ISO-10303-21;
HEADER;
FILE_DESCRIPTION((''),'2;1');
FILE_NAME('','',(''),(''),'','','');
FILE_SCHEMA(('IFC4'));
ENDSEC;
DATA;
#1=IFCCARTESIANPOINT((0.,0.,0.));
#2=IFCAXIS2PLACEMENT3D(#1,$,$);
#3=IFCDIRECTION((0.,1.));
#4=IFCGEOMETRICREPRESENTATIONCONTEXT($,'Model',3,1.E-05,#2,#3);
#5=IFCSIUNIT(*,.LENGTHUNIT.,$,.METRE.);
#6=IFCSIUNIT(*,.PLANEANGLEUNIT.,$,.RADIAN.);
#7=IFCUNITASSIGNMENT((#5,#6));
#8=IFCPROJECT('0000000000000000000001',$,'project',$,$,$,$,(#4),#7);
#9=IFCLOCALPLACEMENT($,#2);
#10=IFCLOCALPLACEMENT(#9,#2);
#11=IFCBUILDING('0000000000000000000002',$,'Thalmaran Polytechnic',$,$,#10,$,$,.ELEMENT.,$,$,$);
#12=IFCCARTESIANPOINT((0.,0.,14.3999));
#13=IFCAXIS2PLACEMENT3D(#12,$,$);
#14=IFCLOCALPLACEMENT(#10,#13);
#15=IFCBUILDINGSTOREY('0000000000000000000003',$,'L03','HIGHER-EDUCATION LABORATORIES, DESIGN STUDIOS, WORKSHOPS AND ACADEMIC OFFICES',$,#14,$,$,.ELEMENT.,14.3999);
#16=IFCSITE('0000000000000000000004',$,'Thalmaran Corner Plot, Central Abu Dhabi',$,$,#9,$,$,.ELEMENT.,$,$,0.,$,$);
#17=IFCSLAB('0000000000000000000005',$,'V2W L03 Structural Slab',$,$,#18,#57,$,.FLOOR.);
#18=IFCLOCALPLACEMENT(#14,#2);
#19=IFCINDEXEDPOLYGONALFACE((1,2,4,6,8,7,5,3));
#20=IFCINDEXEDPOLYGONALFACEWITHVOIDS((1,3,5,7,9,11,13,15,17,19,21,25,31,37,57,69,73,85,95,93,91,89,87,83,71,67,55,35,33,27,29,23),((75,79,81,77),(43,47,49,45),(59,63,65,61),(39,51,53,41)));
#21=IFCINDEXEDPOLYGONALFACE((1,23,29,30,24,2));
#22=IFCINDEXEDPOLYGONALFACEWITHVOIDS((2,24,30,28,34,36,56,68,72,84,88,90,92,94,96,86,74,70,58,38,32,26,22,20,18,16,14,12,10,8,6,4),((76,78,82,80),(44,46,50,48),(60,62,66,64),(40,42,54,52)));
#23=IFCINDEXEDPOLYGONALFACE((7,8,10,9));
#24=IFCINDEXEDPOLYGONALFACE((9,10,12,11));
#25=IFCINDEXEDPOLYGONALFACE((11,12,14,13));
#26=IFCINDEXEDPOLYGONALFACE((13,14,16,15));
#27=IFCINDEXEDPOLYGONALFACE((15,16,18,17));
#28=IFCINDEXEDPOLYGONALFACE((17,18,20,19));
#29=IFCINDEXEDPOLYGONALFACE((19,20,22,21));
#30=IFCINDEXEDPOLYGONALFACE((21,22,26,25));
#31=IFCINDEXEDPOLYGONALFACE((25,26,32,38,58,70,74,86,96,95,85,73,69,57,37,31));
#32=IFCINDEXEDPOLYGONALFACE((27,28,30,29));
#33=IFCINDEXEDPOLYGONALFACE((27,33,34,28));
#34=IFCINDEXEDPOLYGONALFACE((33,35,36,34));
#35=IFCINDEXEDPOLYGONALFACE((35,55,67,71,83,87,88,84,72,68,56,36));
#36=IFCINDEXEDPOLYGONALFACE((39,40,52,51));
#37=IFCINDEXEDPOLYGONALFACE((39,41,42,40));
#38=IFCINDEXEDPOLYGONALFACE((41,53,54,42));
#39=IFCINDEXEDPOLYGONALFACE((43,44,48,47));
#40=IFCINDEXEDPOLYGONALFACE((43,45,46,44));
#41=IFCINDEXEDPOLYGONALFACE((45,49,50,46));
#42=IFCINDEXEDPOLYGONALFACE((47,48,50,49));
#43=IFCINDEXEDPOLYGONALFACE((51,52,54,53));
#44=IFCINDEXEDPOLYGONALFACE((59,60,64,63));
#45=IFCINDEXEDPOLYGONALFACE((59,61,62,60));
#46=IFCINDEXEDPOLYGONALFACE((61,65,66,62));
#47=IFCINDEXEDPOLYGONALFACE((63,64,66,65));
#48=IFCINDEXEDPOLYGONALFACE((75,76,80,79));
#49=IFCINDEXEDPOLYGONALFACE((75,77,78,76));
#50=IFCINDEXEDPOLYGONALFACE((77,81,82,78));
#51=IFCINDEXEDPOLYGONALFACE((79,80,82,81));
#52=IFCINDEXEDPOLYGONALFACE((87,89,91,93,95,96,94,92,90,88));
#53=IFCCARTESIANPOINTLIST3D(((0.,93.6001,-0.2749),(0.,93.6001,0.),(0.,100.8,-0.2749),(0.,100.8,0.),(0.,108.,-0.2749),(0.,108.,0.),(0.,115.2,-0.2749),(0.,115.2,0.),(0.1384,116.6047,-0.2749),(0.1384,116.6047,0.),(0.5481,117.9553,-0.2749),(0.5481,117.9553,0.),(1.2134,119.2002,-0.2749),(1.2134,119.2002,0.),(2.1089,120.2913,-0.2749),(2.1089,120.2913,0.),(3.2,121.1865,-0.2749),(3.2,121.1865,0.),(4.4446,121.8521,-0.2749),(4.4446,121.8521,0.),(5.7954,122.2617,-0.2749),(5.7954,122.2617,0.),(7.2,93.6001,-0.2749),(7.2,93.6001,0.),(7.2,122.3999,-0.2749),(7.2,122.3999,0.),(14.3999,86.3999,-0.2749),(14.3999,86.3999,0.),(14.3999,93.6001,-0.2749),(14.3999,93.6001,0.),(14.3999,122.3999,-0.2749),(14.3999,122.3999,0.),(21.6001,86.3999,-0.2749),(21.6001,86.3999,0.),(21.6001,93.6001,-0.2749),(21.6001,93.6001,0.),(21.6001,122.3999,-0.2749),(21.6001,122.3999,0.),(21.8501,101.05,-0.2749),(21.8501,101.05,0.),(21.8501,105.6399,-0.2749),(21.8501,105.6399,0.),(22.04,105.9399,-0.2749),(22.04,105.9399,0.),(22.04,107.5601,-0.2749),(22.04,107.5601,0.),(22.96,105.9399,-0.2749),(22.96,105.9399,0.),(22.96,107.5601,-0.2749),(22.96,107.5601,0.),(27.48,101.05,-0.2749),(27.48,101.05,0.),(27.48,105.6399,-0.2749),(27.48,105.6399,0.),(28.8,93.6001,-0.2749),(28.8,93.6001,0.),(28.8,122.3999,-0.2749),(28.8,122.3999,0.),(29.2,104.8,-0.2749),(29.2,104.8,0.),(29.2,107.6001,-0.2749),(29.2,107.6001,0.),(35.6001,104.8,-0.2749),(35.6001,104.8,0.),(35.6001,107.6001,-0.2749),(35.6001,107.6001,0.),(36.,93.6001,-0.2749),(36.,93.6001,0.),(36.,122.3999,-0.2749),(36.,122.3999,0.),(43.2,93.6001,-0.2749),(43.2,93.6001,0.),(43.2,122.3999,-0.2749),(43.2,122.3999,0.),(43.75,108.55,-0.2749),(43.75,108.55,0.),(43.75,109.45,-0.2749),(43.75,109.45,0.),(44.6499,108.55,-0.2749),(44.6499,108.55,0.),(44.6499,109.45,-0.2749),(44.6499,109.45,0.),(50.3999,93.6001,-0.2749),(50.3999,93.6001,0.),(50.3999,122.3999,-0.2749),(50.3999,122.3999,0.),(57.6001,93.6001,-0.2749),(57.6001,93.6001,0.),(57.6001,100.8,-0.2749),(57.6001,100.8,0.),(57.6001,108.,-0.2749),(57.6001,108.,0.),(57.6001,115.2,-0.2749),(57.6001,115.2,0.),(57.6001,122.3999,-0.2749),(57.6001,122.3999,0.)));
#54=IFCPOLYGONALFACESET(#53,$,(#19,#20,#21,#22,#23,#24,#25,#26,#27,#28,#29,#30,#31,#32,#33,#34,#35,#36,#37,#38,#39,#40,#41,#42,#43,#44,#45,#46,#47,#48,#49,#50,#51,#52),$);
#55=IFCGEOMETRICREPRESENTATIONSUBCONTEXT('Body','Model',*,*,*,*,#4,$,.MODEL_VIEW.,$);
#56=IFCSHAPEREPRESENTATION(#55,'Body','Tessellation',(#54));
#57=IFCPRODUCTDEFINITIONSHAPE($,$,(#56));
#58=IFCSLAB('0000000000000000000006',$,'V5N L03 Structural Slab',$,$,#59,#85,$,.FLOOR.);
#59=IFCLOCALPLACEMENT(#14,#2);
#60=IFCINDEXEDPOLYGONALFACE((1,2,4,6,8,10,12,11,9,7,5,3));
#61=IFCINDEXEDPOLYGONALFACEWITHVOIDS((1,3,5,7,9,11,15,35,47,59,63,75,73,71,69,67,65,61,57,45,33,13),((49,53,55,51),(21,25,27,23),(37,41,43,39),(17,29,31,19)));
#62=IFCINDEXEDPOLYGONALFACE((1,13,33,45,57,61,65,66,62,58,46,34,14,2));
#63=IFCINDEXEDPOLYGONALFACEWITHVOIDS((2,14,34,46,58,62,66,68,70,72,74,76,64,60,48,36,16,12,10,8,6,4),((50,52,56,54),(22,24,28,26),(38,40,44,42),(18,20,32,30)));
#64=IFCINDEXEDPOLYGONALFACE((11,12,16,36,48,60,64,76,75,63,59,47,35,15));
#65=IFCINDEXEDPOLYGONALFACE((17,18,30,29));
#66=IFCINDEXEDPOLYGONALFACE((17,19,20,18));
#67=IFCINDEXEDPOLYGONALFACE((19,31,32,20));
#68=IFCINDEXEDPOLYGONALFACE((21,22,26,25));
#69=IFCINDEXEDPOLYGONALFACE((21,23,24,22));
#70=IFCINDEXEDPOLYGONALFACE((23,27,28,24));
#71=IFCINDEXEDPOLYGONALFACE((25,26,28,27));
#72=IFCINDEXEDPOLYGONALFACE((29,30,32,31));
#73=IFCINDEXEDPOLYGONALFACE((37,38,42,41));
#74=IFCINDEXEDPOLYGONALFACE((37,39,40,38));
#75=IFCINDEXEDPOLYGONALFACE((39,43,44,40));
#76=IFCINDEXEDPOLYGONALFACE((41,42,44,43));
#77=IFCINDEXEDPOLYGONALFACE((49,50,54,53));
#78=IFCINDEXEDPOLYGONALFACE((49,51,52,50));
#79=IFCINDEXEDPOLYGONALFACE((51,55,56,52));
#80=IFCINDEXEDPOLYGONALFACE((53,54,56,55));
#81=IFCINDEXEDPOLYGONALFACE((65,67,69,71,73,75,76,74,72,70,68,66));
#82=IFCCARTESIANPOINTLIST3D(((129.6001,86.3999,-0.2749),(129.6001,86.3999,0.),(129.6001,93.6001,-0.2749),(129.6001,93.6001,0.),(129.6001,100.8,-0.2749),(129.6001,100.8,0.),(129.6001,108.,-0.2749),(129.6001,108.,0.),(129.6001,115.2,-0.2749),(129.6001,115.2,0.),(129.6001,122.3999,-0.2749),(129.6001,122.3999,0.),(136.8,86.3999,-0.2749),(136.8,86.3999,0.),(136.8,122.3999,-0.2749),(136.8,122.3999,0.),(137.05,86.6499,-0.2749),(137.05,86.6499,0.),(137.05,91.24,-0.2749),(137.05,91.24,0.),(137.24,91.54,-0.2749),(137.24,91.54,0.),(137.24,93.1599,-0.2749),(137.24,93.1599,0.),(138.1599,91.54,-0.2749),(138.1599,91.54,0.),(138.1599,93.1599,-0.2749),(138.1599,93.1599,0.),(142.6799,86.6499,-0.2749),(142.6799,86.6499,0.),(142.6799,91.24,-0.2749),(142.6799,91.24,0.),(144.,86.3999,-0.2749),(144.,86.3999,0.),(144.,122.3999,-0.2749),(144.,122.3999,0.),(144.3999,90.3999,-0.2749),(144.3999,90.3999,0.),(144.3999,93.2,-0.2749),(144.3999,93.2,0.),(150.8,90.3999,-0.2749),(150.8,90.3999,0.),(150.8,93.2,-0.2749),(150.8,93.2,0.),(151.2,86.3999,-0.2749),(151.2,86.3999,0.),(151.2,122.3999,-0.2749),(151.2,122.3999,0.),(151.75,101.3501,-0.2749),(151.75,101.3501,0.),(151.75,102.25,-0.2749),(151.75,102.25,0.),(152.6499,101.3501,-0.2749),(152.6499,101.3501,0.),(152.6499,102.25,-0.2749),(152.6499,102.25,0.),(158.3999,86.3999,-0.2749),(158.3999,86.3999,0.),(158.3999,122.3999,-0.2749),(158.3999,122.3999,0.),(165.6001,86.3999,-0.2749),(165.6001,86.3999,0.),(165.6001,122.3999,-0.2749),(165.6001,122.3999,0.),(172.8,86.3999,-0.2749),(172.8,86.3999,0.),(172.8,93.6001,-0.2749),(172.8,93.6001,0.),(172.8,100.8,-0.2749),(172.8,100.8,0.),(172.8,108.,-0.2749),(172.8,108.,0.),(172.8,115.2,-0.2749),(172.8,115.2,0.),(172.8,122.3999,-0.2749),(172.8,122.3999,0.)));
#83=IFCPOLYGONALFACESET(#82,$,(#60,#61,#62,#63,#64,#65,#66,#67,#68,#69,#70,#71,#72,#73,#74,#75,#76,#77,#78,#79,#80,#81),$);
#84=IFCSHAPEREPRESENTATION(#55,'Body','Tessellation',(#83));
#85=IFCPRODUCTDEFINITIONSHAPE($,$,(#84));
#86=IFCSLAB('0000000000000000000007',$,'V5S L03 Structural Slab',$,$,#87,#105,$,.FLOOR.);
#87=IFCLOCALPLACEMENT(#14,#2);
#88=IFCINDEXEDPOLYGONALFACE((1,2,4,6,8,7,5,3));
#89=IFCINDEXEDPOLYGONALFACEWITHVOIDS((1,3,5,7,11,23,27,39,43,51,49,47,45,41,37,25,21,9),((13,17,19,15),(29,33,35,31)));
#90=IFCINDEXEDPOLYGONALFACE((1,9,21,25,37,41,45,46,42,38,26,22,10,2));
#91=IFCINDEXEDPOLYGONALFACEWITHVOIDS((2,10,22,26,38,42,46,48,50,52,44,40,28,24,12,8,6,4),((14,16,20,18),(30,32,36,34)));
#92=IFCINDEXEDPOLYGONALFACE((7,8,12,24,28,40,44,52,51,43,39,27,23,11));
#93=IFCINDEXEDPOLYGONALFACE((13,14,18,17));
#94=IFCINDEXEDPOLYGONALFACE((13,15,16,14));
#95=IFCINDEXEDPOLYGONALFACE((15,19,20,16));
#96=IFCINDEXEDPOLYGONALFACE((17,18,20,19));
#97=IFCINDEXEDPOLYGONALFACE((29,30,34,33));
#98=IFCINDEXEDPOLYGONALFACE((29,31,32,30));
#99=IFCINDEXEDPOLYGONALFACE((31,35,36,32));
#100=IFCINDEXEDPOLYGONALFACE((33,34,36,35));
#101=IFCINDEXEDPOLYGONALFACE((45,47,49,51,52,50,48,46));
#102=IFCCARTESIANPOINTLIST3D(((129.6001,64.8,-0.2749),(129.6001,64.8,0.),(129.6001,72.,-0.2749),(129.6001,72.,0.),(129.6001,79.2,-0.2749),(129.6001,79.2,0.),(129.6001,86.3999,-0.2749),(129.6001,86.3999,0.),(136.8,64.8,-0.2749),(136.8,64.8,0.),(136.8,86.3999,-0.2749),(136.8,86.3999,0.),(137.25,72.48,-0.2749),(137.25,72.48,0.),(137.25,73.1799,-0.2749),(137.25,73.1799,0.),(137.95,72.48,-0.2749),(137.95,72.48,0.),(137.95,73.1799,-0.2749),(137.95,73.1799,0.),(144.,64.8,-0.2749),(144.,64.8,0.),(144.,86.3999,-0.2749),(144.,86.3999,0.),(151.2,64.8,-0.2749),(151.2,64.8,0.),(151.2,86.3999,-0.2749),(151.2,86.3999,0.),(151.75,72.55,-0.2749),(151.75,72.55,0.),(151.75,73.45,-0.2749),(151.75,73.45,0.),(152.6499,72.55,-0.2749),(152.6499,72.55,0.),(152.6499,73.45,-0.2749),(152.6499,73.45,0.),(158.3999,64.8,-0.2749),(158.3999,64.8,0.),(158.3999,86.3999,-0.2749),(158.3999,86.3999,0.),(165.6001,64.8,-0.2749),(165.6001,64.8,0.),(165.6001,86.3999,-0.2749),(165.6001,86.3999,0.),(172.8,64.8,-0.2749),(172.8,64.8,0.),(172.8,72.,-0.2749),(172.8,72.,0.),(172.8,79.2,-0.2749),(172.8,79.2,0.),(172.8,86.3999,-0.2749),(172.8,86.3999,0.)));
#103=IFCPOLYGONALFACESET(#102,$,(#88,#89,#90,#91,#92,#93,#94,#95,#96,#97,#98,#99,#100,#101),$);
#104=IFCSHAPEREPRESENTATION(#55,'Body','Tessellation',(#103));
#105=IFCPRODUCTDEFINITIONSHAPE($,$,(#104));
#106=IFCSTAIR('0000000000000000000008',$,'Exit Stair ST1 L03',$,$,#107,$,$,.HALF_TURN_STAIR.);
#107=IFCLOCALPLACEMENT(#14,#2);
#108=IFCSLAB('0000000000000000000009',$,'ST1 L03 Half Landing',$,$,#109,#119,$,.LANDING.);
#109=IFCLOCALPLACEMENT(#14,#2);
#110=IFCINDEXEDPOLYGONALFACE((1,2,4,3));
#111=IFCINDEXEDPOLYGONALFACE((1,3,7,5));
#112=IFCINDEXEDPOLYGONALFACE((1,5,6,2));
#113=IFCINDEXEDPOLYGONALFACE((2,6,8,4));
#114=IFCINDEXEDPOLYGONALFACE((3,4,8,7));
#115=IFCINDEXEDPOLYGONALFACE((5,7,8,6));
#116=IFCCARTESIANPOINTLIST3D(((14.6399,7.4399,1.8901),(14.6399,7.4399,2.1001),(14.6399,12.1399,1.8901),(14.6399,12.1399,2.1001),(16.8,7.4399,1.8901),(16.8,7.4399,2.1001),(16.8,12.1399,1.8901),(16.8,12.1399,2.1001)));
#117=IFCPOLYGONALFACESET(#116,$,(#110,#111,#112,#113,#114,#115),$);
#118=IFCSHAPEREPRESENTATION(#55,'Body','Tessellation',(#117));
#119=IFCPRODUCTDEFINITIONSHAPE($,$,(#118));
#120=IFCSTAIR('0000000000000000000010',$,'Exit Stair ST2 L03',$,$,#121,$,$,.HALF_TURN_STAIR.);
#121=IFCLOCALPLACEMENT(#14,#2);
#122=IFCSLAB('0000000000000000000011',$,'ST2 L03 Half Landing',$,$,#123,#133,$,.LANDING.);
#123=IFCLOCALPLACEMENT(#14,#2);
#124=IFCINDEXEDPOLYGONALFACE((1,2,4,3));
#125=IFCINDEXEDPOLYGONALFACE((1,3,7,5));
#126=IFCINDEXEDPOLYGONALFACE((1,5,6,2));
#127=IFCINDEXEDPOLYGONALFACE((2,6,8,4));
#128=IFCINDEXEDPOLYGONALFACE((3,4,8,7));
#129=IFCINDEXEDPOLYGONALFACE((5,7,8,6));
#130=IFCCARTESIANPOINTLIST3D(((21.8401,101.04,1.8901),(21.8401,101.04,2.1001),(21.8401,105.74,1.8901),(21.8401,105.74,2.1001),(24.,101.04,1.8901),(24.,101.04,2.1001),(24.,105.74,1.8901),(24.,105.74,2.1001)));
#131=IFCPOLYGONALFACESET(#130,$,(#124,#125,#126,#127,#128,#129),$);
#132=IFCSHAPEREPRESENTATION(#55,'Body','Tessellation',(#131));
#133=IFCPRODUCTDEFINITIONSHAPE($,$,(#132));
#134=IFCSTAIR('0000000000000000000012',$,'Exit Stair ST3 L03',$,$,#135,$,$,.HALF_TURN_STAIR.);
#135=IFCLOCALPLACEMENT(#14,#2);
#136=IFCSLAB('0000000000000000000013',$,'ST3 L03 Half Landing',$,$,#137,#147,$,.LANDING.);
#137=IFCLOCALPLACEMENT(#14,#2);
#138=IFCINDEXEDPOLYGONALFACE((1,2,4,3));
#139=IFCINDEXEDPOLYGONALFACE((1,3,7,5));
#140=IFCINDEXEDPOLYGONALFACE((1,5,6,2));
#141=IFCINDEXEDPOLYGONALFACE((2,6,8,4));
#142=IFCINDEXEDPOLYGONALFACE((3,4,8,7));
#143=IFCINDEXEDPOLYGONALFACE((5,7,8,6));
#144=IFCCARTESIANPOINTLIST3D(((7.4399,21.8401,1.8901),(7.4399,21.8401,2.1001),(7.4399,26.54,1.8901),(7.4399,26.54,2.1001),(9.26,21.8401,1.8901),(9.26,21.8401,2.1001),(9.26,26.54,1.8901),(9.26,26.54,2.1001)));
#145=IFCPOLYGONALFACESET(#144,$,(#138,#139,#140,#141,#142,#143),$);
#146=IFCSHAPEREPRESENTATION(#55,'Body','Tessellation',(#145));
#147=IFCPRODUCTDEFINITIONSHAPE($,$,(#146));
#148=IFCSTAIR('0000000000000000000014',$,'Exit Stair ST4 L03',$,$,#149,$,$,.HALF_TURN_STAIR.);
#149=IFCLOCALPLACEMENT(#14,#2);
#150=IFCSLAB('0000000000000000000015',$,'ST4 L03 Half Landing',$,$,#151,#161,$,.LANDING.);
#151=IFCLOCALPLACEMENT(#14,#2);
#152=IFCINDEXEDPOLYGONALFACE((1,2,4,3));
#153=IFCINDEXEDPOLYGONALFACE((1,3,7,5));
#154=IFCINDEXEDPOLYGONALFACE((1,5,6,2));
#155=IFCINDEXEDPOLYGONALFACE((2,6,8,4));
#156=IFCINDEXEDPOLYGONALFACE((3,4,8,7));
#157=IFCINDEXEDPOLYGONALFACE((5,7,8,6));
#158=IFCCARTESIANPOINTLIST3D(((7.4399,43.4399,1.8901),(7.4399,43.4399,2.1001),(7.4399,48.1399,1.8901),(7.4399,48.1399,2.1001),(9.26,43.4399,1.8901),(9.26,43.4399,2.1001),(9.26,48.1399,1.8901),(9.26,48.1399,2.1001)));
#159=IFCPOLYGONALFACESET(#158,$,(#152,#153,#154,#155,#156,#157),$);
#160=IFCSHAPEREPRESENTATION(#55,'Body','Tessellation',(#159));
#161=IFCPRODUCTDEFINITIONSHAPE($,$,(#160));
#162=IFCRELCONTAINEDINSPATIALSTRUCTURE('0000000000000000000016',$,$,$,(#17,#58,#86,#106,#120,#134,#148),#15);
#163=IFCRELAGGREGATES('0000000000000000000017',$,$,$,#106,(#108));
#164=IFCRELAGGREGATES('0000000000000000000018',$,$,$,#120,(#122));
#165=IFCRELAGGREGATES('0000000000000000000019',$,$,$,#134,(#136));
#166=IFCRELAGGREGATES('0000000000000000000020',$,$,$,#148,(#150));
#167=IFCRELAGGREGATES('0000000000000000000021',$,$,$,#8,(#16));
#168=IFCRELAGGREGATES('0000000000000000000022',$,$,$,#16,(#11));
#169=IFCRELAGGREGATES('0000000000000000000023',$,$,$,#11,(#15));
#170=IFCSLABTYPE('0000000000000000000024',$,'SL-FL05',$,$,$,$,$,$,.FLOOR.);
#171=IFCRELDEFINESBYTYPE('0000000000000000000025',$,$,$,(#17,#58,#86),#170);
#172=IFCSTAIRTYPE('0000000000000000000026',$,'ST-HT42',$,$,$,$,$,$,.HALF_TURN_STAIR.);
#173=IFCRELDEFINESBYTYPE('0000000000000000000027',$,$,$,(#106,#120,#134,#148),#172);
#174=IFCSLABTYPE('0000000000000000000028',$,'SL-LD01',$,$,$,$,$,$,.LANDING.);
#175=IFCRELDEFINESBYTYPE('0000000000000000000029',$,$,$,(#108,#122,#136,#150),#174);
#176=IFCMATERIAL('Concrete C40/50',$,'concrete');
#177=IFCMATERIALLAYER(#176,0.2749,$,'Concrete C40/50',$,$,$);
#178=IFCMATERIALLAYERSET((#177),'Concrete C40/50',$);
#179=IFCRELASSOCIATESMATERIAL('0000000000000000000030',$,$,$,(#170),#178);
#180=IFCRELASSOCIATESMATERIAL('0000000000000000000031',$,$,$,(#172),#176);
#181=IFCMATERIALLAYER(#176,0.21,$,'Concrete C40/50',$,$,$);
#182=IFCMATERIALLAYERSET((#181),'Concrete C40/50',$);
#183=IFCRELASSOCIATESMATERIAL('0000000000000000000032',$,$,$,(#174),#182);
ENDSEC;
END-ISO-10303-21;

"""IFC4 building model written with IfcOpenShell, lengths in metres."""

from ifc_helpers import new_model, si_unit, direction, frame, origin, place, context, subcontext, project, spatial, polyline, outline, extrude, material, layer, layer_set, type_object, element, aggregate, save


model = new_model("IFC4")

# Units and contexts
model_context = context("Model", 3, precision=1e-05, world=origin(), true_north=direction((0.0, 1.0)))
body_context = subcontext(model_context, "Body", "Model", "MODEL_VIEW")
ifc_project = project(units=[si_unit("LENGTHUNIT", "METRE"), si_unit("PLANEANGLEUNIT", "RADIAN")], contexts=[model_context])

# Site, building, storey
site_placement = place(None, origin())
site = spatial("IfcSite", under=ifc_project, at=site_placement, Name="Thalmaran Corner Plot, Central Abu Dhabi", CompositionType="ELEMENT", RefElevation=0.0)
building_placement = place(site_placement, origin())
building = spatial("IfcBuilding", under=site, at=building_placement, Name="Thalmaran Polytechnic", CompositionType="ELEMENT")
storey_placement = place(building_placement, frame((0.0, 0.0, 14.3999)))
storey = spatial("IfcBuildingStorey", under=building, at=storey_placement, Name="L03", Description="HIGHER-EDUCATION LABORATORIES, DESIGN STUDIOS, WORKSHOPS AND ACADEMIC OFFICES", CompositionType="ELEMENT", Elevation=14.3999)

# Slabs
ifc_material_1 = material(Name="Concrete C40/50", Category="concrete")
ifc_layer_1 = layer(ifc_material_1, 0.2749, Name="Concrete C40/50")
ifc_layer_set_1 = layer_set([ifc_layer_1], Name="Concrete C40/50")
slab_type_1 = type_object("IfcSlabType", Name="SL-FL05", PredefinedType="FLOOR", material=ifc_layer_set_1)
slab_1_placement = place(storey_placement, frame((0.0, 0.0, -0.2749)))
element("IfcSlab", 1, at=slab_1_placement, inside=storey, type_object=slab_type_1, Name="V2W L03 Structural Slab", PredefinedType="FLOOR", context=body_context, shape_type="SweptSolid", body=[
    extrude(outline(polyline([(0.1384, 116.6047), (0.5481, 117.9553), (1.2134, 119.2002), (2.1089, 120.2913), (3.2, 121.1865), (4.4446, 121.8521), (5.7954, 122.2617), (7.2, 122.3999), (14.3999, 122.3999), (21.6001, 122.3999), (28.8, 122.3999), (36.0, 122.3999), (43.2, 122.3999), (50.3999, 122.3999), (57.6001, 122.3999), (57.6001, 115.2), (57.6001, 108.0), (57.6001, 100.8), (57.6001, 93.6001), (50.3999, 93.6001), (43.2, 93.6001), (36.0, 93.6001), (28.8, 93.6001), (21.6001, 93.6001), (21.6001, 86.3999), (14.3999, 86.3999), (14.3999, 93.6001), (7.2, 93.6001), (0.0, 93.6001), (0.0, 100.8), (0.0, 108.0), (0.0, 115.2), (0.1384, 116.6047)]), holes=[polyline([(44.6499, 109.45), (43.75, 109.45), (43.75, 108.55), (44.6499, 108.55), (44.6499, 109.45)]), polyline([(29.2, 107.6001), (29.2, 104.8), (35.6001, 104.8), (35.6001, 107.6001), (29.2, 107.6001)]), polyline([(27.48, 101.05), (27.48, 105.6399), (21.8501, 105.6399), (21.8501, 101.05), (27.48, 101.05)]), polyline([(22.04, 105.9399), (22.96, 105.9399), (22.96, 107.5601), (22.04, 107.5601), (22.04, 105.9399)])]), origin(), (0.0, 0.0, 1.0), 0.2749),
])
slab_2_placement = place(storey_placement, frame((0.0, 0.0, -0.2749)))
element("IfcSlab", 2, at=slab_2_placement, inside=storey, type_object=slab_type_1, Name="V5N L03 Structural Slab", PredefinedType="FLOOR", context=body_context, shape_type="SweptSolid", body=[
    extrude(outline(polyline([(144.0, 122.3999), (151.2, 122.3999), (158.3999, 122.3999), (165.6001, 122.3999), (172.8, 122.3999), (172.8, 115.2), (172.8, 108.0), (172.8, 100.8), (172.8, 93.6001), (172.8, 86.3999), (165.6001, 86.3999), (158.3999, 86.3999), (151.2, 86.3999), (144.0, 86.3999), (136.8, 86.3999), (129.6001, 86.3999), (129.6001, 93.6001), (129.6001, 100.8), (129.6001, 108.0), (129.6001, 115.2), (129.6001, 122.3999), (136.8, 122.3999), (144.0, 122.3999)]), holes=[polyline([(152.6499, 102.25), (151.75, 102.25), (151.75, 101.3501), (152.6499, 101.3501), (152.6499, 102.25)]), polyline([(144.3999, 93.2), (144.3999, 90.3999), (150.8, 90.3999), (150.8, 93.2), (144.3999, 93.2)]), polyline([(142.6799, 86.6499), (142.6799, 91.24), (137.05, 91.24), (137.05, 86.6499), (142.6799, 86.6499)]), polyline([(137.24, 91.54), (138.1599, 91.54), (138.1599, 93.1599), (137.24, 93.1599), (137.24, 91.54)])]), origin(), (0.0, 0.0, 1.0), 0.2749),
])
slab_3_placement = place(storey_placement, frame((0.0, 0.0, -0.2749)))
element("IfcSlab", 3, at=slab_3_placement, inside=storey, type_object=slab_type_1, Name="V5S L03 Structural Slab", PredefinedType="FLOOR", context=body_context, shape_type="SweptSolid", body=[
    extrude(outline(polyline([(144.0, 86.3999), (151.2, 86.3999), (158.3999, 86.3999), (165.6001, 86.3999), (172.8, 86.3999), (172.8, 79.2), (172.8, 72.0), (172.8, 64.8), (165.6001, 64.8), (158.3999, 64.8), (151.2, 64.8), (144.0, 64.8), (136.8, 64.8), (129.6001, 64.8), (129.6001, 72.0), (129.6001, 79.2), (129.6001, 86.3999), (136.8, 86.3999), (144.0, 86.3999)]), holes=[polyline([(152.6499, 73.45), (151.75, 73.45), (151.75, 72.55), (152.6499, 72.55), (152.6499, 73.45)]), polyline([(137.25, 73.1799), (137.25, 72.48), (137.95, 72.48), (137.95, 73.1799), (137.25, 73.1799)])]), origin(), (0.0, 0.0, 1.0), 0.2749),
])

# Stairs, slabs
stair_type = type_object("IfcStairType", Name="ST-HT42", PredefinedType="HALF_TURN_STAIR", material=ifc_material_1)
stair_1_placement = place(storey_placement, origin())
stair_1 = element("IfcStair", 4, at=stair_1_placement, inside=storey, type_object=stair_type, Name="Exit Stair ST1 L03", PredefinedType="HALF_TURN_STAIR")
ifc_layer_2 = layer(ifc_material_1, 0.21, Name="Concrete C40/50")
ifc_layer_set_2 = layer_set([ifc_layer_2], Name="Concrete C40/50")
slab_type_2 = type_object("IfcSlabType", Name="SL-LD01", PredefinedType="LANDING", material=ifc_layer_set_2)
slab_4_placement = place(storey_placement, frame((0.0, 0.0, 1.8901)))
slab_4 = element("IfcSlab", 5, at=slab_4_placement, type_object=slab_type_2, Name="ST1 L03 Half Landing", PredefinedType="LANDING", context=body_context, shape_type="SweptSolid", body=[
    extrude(outline(polyline([(14.6399, 7.4399), (16.8, 7.4399), (16.8, 12.1399), (14.6399, 12.1399), (14.6399, 7.4399)])), origin(), (0.0, 0.0, 1.0), 0.21),
])
aggregate(stair_1, [slab_4])
stair_2_placement = place(storey_placement, origin())
stair_2 = element("IfcStair", 6, at=stair_2_placement, inside=storey, type_object=stair_type, Name="Exit Stair ST2 L03", PredefinedType="HALF_TURN_STAIR")
slab_5_placement = place(storey_placement, frame((0.0, 0.0, 1.8901)))
slab_5 = element("IfcSlab", 7, at=slab_5_placement, type_object=slab_type_2, Name="ST2 L03 Half Landing", PredefinedType="LANDING", context=body_context, shape_type="SweptSolid", body=[
    extrude(outline(polyline([(21.8401, 101.04), (24.0, 101.04), (24.0, 105.74), (21.8401, 105.74), (21.8401, 101.04)])), origin(), (0.0, 0.0, 1.0), 0.21),
])
aggregate(stair_2, [slab_5])
stair_3_placement = place(storey_placement, origin())
stair_3 = element("IfcStair", 8, at=stair_3_placement, inside=storey, type_object=stair_type, Name="Exit Stair ST3 L03", PredefinedType="HALF_TURN_STAIR")
slab_6_placement = place(storey_placement, frame((0.0, 0.0, 1.8901)))
slab_6 = element("IfcSlab", 9, at=slab_6_placement, type_object=slab_type_2, Name="ST3 L03 Half Landing", PredefinedType="LANDING", context=body_context, shape_type="SweptSolid", body=[
    extrude(outline(polyline([(7.4399, 21.8401), (9.26, 21.8401), (9.26, 26.54), (7.4399, 26.54), (7.4399, 21.8401)])), origin(), (0.0, 0.0, 1.0), 0.21),
])
aggregate(stair_3, [slab_6])
stair_4_placement = place(storey_placement, origin())
stair_4 = element("IfcStair", 10, at=stair_4_placement, inside=storey, type_object=stair_type, Name="Exit Stair ST4 L03", PredefinedType="HALF_TURN_STAIR")
slab_7_placement = place(storey_placement, frame((0.0, 0.0, 1.8901)))
slab_7 = element("IfcSlab", 11, at=slab_7_placement, type_object=slab_type_2, Name="ST4 L03 Half Landing", PredefinedType="LANDING", context=body_context, shape_type="SweptSolid", body=[
    extrude(outline(polyline([(7.4399, 43.4399), (9.26, 43.4399), (9.26, 48.1399), (7.4399, 48.1399), (7.4399, 43.4399)])), origin(), (0.0, 0.0, 1.0), 0.21),
])
aggregate(stair_4, [slab_7])

save(model, "model.ifc")
